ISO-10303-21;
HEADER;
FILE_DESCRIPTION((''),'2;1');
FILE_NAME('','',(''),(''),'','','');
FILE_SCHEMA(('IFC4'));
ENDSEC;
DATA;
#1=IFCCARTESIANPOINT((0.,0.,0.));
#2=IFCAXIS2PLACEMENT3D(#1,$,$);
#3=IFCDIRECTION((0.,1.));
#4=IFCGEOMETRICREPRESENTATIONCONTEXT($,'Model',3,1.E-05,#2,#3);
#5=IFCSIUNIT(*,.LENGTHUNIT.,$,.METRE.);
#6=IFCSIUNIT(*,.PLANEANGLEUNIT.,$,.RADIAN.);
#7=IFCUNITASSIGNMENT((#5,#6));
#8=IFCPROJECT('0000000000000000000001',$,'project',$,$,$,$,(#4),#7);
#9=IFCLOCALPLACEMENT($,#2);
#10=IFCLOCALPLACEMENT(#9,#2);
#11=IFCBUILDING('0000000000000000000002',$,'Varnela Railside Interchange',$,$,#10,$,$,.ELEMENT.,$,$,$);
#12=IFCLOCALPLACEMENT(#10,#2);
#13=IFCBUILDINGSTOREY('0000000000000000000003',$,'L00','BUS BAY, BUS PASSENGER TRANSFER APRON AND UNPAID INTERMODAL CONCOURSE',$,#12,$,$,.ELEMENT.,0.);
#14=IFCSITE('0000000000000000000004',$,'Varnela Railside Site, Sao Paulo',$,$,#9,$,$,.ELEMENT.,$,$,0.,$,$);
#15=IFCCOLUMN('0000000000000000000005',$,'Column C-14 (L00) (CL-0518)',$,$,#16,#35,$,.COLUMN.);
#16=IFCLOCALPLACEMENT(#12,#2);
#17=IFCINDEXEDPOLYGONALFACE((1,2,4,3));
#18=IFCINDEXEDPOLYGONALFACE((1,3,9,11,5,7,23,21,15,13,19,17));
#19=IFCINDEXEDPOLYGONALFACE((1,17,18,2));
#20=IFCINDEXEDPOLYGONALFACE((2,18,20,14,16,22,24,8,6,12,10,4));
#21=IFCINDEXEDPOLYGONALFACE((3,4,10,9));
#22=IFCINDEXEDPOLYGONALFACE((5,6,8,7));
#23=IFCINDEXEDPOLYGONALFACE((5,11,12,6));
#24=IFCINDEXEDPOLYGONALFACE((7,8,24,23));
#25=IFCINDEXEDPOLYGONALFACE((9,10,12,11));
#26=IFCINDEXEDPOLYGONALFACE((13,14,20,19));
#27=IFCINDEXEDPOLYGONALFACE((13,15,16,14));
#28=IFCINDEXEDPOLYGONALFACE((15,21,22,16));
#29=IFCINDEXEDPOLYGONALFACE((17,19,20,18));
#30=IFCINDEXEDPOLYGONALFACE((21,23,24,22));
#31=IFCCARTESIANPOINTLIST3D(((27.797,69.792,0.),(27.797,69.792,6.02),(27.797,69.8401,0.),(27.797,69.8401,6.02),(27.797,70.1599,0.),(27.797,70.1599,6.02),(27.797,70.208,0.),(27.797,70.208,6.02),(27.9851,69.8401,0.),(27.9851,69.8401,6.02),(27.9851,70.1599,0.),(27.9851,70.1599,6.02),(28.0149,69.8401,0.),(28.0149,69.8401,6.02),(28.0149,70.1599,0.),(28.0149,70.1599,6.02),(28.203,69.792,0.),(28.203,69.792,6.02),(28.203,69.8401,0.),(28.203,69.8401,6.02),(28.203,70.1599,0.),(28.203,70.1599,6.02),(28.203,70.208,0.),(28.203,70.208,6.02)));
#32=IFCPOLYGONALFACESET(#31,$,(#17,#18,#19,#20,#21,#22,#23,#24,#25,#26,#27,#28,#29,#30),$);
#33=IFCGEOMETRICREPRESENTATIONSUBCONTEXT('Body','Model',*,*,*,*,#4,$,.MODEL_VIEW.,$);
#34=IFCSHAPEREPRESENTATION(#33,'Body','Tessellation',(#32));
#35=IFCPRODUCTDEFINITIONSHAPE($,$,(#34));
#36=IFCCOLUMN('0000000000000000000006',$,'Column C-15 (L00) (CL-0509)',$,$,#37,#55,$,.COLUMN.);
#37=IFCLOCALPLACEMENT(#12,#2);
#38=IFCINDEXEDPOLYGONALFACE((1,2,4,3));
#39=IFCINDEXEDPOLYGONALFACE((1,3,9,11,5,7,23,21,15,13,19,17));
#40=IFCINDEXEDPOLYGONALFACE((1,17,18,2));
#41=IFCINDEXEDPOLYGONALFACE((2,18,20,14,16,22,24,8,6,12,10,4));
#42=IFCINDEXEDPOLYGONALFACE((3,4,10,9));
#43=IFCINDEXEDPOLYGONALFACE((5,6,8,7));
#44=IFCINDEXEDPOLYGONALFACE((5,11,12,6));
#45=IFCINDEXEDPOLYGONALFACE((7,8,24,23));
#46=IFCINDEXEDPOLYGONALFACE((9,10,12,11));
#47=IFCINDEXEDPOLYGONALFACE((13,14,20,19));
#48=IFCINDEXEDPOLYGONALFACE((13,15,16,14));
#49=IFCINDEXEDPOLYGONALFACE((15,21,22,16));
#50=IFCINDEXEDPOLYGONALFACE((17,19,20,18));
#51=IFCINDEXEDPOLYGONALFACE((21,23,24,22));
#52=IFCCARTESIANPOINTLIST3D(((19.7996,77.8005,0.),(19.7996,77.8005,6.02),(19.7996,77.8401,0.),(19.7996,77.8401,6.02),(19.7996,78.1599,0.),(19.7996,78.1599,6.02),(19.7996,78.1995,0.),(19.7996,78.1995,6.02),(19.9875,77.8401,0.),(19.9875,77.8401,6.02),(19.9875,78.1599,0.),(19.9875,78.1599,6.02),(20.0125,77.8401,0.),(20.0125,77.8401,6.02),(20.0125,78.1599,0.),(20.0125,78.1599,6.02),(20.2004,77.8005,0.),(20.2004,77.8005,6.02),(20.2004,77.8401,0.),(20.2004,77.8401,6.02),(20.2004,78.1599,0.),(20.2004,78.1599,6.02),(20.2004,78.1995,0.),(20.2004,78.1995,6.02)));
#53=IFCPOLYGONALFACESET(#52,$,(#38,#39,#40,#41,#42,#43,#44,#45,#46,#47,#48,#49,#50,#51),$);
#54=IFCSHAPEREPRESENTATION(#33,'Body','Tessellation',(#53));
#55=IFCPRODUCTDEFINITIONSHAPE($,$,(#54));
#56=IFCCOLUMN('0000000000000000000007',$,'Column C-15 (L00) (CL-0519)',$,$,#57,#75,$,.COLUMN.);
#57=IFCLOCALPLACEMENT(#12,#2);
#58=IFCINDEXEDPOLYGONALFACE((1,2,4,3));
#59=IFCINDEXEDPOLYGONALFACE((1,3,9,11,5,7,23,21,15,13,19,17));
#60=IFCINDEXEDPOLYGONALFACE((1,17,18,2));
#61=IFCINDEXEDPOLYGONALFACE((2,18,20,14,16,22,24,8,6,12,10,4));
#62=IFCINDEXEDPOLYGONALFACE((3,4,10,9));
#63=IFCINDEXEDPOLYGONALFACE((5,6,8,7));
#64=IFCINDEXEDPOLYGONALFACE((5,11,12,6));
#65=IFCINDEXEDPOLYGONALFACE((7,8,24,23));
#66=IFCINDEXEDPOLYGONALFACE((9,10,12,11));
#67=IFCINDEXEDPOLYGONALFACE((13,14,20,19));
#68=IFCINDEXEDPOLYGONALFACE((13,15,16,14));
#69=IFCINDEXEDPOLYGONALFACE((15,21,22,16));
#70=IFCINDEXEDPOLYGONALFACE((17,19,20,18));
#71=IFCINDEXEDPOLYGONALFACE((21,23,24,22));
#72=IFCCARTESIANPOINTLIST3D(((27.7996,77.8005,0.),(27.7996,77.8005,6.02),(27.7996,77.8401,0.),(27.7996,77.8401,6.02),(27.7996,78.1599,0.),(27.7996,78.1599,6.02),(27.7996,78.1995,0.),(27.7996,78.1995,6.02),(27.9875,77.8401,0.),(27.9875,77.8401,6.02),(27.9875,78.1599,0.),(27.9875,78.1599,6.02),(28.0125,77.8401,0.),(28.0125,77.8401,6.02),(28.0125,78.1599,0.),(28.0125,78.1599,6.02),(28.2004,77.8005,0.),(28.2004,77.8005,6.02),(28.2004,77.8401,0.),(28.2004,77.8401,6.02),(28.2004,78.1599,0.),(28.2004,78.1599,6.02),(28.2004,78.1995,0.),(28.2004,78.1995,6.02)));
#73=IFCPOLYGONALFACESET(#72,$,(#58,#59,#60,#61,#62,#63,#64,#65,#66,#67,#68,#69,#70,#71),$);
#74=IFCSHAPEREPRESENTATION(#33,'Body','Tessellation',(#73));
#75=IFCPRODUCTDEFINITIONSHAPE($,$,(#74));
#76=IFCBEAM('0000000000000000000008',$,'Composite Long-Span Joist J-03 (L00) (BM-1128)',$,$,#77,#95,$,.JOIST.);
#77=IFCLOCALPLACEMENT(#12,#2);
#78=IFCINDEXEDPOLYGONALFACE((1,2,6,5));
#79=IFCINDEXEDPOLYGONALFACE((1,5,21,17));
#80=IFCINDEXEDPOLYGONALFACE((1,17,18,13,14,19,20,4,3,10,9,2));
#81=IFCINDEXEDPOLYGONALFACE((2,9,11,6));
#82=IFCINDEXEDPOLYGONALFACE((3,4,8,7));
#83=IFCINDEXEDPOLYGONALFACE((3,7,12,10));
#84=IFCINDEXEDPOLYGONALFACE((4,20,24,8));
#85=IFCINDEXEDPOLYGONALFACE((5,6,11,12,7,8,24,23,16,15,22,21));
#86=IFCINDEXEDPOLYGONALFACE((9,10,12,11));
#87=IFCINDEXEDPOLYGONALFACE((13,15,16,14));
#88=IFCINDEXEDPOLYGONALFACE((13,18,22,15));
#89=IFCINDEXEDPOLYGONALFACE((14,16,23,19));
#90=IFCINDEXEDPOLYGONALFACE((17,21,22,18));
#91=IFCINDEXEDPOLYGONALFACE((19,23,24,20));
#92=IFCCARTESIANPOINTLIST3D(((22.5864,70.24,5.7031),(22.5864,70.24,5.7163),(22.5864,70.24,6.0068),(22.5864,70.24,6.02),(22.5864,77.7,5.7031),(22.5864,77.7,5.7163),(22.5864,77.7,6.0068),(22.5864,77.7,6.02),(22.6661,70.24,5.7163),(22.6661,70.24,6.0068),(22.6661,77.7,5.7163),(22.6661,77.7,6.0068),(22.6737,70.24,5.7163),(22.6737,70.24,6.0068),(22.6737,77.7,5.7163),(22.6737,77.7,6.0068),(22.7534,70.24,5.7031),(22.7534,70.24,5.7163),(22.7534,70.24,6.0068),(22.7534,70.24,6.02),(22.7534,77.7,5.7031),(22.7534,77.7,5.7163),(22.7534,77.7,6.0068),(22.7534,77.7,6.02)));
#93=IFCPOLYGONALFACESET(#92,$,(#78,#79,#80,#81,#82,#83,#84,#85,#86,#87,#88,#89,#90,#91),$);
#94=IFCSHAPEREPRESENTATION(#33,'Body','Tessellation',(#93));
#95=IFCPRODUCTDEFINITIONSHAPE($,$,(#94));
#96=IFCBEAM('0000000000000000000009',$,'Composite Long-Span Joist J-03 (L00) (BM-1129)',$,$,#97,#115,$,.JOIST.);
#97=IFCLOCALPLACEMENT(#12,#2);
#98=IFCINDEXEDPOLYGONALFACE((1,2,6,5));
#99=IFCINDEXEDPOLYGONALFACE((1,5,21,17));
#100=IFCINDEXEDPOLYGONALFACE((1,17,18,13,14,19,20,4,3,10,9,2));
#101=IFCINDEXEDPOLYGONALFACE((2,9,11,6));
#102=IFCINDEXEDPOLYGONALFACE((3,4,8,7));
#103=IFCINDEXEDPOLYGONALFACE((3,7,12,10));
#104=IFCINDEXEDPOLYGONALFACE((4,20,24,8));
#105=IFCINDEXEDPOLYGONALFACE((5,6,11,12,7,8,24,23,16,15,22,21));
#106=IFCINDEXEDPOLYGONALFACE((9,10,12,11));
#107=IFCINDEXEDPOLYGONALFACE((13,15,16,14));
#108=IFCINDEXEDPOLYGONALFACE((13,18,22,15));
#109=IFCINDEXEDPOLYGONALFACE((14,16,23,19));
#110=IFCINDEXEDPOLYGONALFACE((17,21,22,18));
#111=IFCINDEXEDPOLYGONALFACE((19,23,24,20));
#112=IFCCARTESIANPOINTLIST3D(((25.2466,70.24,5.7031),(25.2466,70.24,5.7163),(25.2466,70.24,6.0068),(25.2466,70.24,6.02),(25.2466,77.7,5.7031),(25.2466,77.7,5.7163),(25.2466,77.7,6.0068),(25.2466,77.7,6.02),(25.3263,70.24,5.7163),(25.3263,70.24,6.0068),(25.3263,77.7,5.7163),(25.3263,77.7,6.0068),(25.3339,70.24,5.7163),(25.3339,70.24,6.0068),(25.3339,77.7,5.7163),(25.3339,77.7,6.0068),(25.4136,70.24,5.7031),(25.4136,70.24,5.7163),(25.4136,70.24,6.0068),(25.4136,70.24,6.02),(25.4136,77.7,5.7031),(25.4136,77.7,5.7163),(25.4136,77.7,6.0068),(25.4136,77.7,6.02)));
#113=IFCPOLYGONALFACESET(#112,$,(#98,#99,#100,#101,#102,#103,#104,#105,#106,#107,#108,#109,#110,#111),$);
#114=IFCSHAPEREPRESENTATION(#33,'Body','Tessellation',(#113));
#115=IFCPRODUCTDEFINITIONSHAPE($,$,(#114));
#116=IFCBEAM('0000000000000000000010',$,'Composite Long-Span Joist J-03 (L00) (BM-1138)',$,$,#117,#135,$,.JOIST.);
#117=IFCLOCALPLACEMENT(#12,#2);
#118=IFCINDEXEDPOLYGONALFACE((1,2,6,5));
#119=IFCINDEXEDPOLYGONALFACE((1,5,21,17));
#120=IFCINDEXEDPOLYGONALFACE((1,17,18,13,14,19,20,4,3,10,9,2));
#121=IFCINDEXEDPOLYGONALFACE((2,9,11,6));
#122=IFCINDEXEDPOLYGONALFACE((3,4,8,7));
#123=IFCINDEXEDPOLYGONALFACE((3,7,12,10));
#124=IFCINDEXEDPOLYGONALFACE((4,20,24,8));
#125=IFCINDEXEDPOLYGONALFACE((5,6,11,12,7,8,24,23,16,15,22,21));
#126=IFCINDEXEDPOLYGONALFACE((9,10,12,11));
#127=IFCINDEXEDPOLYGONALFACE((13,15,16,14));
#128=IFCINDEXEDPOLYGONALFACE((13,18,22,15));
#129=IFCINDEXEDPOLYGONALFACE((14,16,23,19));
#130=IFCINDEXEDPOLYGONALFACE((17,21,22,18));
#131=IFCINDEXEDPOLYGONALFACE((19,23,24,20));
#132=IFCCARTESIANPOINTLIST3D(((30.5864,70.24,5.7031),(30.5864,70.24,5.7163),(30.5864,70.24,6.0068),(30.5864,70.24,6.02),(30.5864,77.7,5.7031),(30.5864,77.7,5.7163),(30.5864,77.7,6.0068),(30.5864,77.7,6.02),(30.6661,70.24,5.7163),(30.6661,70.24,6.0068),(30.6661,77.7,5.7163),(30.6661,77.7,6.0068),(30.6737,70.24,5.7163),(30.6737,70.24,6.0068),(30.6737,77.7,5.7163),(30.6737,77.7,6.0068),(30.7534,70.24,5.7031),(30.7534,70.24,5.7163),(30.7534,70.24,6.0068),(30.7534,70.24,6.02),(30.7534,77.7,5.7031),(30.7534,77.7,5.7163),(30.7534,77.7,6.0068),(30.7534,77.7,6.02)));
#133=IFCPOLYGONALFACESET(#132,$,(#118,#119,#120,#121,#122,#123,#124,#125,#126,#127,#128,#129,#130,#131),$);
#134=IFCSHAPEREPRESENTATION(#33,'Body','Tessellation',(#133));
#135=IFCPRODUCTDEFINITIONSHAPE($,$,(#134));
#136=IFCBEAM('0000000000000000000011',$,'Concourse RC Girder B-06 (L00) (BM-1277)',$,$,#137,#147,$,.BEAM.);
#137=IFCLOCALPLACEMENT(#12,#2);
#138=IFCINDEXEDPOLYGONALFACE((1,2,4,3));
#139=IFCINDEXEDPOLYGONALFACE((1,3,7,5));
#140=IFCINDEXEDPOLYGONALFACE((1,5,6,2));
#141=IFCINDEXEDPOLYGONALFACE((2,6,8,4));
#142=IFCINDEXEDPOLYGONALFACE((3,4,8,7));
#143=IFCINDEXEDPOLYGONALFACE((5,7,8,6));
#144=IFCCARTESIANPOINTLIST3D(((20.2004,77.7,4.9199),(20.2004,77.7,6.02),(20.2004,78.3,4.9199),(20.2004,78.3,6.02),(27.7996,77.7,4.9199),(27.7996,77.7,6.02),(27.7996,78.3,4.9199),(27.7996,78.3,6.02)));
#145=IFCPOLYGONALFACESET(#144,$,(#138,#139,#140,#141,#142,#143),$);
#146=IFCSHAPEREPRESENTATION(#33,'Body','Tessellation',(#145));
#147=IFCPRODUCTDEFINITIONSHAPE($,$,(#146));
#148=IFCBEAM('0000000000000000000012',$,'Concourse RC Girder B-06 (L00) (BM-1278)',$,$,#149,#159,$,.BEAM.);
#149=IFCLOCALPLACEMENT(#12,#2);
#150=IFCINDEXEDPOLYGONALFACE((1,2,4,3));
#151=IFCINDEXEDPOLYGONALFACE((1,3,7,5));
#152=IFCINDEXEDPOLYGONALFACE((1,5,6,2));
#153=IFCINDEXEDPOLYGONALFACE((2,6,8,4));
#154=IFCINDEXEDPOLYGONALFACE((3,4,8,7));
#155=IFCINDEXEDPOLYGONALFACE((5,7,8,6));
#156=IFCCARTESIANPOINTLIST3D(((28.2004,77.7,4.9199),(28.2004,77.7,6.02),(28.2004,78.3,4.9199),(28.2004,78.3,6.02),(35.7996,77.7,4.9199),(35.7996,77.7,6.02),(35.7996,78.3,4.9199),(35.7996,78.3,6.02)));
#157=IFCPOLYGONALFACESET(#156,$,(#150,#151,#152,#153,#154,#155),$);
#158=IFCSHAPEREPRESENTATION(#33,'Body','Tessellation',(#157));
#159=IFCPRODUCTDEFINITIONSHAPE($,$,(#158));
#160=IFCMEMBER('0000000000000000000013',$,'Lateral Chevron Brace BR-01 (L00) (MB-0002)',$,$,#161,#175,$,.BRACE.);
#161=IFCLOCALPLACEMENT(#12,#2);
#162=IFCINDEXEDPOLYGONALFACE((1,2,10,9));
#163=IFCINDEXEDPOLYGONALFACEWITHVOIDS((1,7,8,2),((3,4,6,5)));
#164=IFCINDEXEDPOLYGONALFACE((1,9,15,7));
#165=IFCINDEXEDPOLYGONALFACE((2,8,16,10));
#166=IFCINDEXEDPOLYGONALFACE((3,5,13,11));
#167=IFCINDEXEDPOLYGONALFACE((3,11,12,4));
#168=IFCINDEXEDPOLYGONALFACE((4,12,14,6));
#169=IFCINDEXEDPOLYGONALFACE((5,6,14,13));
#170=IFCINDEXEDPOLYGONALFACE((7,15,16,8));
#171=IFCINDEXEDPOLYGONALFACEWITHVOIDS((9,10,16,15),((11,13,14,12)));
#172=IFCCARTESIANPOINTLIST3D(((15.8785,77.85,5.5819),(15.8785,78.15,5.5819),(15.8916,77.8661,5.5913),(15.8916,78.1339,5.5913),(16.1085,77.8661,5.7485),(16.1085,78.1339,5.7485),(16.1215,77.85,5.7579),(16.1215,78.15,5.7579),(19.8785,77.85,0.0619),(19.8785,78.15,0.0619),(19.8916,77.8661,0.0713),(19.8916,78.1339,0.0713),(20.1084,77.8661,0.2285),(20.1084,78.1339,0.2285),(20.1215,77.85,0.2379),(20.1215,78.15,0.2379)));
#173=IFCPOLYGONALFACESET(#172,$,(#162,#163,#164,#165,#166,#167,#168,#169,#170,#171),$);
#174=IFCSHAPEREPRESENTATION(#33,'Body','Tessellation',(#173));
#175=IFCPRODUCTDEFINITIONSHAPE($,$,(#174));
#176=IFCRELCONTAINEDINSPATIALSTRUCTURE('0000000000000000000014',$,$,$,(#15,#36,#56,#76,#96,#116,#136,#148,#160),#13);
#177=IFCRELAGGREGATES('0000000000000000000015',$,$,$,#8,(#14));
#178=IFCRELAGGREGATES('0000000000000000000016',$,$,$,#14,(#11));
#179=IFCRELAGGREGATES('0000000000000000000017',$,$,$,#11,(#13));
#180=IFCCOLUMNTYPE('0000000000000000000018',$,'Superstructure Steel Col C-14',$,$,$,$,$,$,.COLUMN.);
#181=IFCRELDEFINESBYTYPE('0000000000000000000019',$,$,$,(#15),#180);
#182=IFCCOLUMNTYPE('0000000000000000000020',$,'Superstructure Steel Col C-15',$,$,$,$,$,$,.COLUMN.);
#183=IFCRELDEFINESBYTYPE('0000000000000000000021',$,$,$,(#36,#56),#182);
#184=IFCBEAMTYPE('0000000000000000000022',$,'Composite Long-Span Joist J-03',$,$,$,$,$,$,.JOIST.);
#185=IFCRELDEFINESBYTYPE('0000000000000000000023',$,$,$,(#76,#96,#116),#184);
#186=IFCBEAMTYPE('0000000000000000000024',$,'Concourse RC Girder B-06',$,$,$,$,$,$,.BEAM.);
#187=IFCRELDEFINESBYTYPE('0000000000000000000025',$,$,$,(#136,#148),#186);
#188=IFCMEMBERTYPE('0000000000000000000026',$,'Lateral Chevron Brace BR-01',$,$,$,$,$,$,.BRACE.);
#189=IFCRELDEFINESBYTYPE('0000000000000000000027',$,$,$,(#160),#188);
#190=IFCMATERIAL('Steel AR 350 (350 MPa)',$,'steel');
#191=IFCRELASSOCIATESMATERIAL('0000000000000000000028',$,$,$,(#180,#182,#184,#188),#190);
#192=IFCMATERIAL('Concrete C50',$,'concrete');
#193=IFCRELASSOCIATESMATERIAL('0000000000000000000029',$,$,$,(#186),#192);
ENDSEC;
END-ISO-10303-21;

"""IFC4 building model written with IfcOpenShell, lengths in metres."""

from ifc_helpers import new_model, si_unit, direction, frame, origin, origin_2d, place, context, subcontext, project, spatial, rectangle, hollow_rectangle, i_section, extrude, material, material_profile, profile_set, type_object, element, save


model = new_model("IFC4")

# Units and contexts
model_context = context("Model", 3, precision=1e-05, world=origin(), true_north=direction((0.0, 1.0)))
body_context = subcontext(model_context, "Body", "Model", "MODEL_VIEW")
ifc_project = project(units=[si_unit("LENGTHUNIT", "METRE"), si_unit("PLANEANGLEUNIT", "RADIAN")], contexts=[model_context])

# Site, building, storey
site_placement = place(None, origin())
site = spatial("IfcSite", under=ifc_project, at=site_placement, Name="Varnela Railside Site, Sao Paulo", CompositionType="ELEMENT", RefElevation=0.0)
building_placement = place(site_placement, origin())
building = spatial("IfcBuilding", under=site, at=building_placement, Name="Varnela Railside Interchange", CompositionType="ELEMENT")
storey_placement = place(building_placement, origin())
storey = spatial("IfcBuildingStorey", under=building, at=storey_placement, Name="L00", Description="BUS BAY, BUS PASSENGER TRANSFER APRON AND UNPAID INTERMODAL CONCOURSE", CompositionType="ELEMENT", Elevation=0.0)

# Columns
ifc_material_1 = material(Name="Steel AR 350 (350 MPa)", Category="steel")
ifc_material_profile_1 = material_profile(ifc_material_1, i_section(OverallWidth=0.406, OverallDepth=0.416, WebThickness=0.0298, FlangeThickness=0.0481, at=origin_2d()), Name="W360x382")
ifc_profile_set_1 = profile_set([ifc_material_profile_1], Name="Steel AR 350 (350 MPa)")
column_type_1 = type_object("IfcColumnType", Name="Superstructure Steel Col C-14", PredefinedType="COLUMN", material=ifc_profile_set_1)
column_placement = place(storey_placement, frame((28.0, 70.0, 0.0), z_axis=(0.0, 0.0, 1.0), x_axis=(1.0, 0.0, 0.0)))
element("IfcColumn", 1, at=column_placement, inside=storey, type_object=column_type_1, Name="Column C-14 (L00) (CL-0518)", PredefinedType="COLUMN", context=body_context, shape_type="SweptSolid", body=[
    extrude(i_section(OverallWidth=0.406, OverallDepth=0.416, WebThickness=0.0298, FlangeThickness=0.0481, at=origin_2d()), origin(), (0.0, 0.0, 1.0), 6.02),
])
ifc_material_profile_2 = material_profile(ifc_material_1, i_section(OverallWidth=0.4009, OverallDepth=0.3989, WebThickness=0.0249, FlangeThickness=0.0396, at=origin_2d()), Name="W360x314")
ifc_profile_set_2 = profile_set([ifc_material_profile_2], Name="Steel AR 350 (350 MPa)")
column_type_2 = type_object("IfcColumnType", Name="Superstructure Steel Col C-15", PredefinedType="COLUMN", material=ifc_profile_set_2)
for number, where, z_axis, x_axis, name in (
    (2, (20.0, 78.0, 0.0), (0.0, 0.0, 1.0), (1.0, 0.0, 0.0), "Column C-15 (L00) (CL-0509)"),
    (3, (28.0, 78.0, 0.0), (0.0, 0.0, 1.0), (1.0, 0.0, 0.0), "Column C-15 (L00) (CL-0519)"),
):
    element("IfcColumn", number, at=place(storey_placement, frame(where, z_axis=z_axis, x_axis=x_axis)), inside=storey, type_object=column_type_2, Name=name, PredefinedType="COLUMN", context=body_context, shape_type="SweptSolid", body=[
        extrude(i_section(OverallWidth=0.4009, OverallDepth=0.3989, WebThickness=0.0249, FlangeThickness=0.0396, at=origin_2d()), origin(), (0.0, 0.0, 1.0), 6.02),
    ])

# Beams
ifc_material_profile_3 = material_profile(ifc_material_1, i_section(OverallWidth=0.167, OverallDepth=0.3169, WebThickness=0.0076, FlangeThickness=0.0132, at=origin_2d()), Name="W310x52")
ifc_profile_set_3 = profile_set([ifc_material_profile_3], Name="Steel AR 350 (350 MPa)")
beam_type_1 = type_object("IfcBeamType", Name="Composite Long-Span Joist J-03", PredefinedType="JOIST", material=ifc_profile_set_3)
for number, where, z_axis, x_axis, name in (
    (4, (22.6699, 70.24, 5.8616), (0.0, 1.0, 0.0), (-1.0, 0.0, 0.0), "Composite Long-Span Joist J-03 (L00) (BM-1128)"),
    (5, (25.3301, 70.24, 5.8616), (0.0, 1.0, 0.0), (-1.0, 0.0, 0.0), "Composite Long-Span Joist J-03 (L00) (BM-1129)"),
    (6, (30.6699, 70.24, 5.8616), (0.0, 1.0, 0.0), (-1.0, 0.0, 0.0), "Composite Long-Span Joist J-03 (L00) (BM-1138)"),
):
    element("IfcBeam", number, at=place(storey_placement, frame(where, z_axis=z_axis, x_axis=x_axis)), inside=storey, type_object=beam_type_1, Name=name, PredefinedType="JOIST", context=body_context, shape_type="SweptSolid", body=[
        extrude(i_section(OverallWidth=0.167, OverallDepth=0.3169, WebThickness=0.0076, FlangeThickness=0.0132, at=origin_2d()), origin(), (0.0, 0.0, 1.0), 7.46),
    ])
ifc_material_2 = material(Name="Concrete C50", Category="concrete")
ifc_material_profile_4 = material_profile(ifc_material_2, rectangle(XDim=0.6001, YDim=1.1001, at=origin_2d()), Name="RC 600x1100")
ifc_profile_set_4 = profile_set([ifc_material_profile_4], Name="Concrete C50")
beam_type_2 = type_object("IfcBeamType", Name="Concourse RC Girder B-06", PredefinedType="BEAM", material=ifc_profile_set_4)
for number, where, z_axis, x_axis, name in (
    (7, (20.2004, 78.0, 5.47), (1.0, 0.0, 0.0), (0.0, 1.0, 0.0), "Concourse RC Girder B-06 (L00) (BM-1277)"),
    (8, (28.2004, 78.0, 5.47), (1.0, 0.0, 0.0), (0.0, 1.0, 0.0), "Concourse RC Girder B-06 (L00) (BM-1278)"),
):
    element("IfcBeam", number, at=place(storey_placement, frame(where, z_axis=z_axis, x_axis=x_axis)), inside=storey, type_object=beam_type_2, Name=name, PredefinedType="BEAM", context=body_context, shape_type="SweptSolid", body=[
        extrude(rectangle(XDim=0.6001, YDim=1.1001, at=origin_2d()), origin(), (0.0, 0.0, 1.0), 7.5991),
    ])

# Member
ifc_material_profile_5 = material_profile(ifc_material_1, hollow_rectangle(XDim=0.3, YDim=0.3, WallThickness=0.0161, at=origin_2d()), Name="HSS 300x300x16")
ifc_profile_set_5 = profile_set([ifc_material_profile_5], Name="Steel AR 350 (350 MPa)")
member_type_1 = type_object("IfcMemberType", Name="Lateral Chevron Brace BR-01", PredefinedType="BRACE", material=ifc_profile_set_5)
member_1_placement = place(storey_placement, frame((20.0, 78.0, 0.1499), z_axis=(-0.586774, 0.0, 0.809751), x_axis=(0.0, -1.0, 0.0)))
element("IfcMember", 9, at=member_1_placement, inside=storey, type_object=member_type_1, Name="Lateral Chevron Brace BR-01 (L00) (MB-0002)", PredefinedType="BRACE", context=body_context, shape_type="SweptSolid", body=[
    extrude(hollow_rectangle(XDim=0.3, YDim=0.3, WallThickness=0.0161, at=origin_2d()), origin(), (0.0, 0.0, 1.0), 6.8169),
])

save(model, "model.ifc")
